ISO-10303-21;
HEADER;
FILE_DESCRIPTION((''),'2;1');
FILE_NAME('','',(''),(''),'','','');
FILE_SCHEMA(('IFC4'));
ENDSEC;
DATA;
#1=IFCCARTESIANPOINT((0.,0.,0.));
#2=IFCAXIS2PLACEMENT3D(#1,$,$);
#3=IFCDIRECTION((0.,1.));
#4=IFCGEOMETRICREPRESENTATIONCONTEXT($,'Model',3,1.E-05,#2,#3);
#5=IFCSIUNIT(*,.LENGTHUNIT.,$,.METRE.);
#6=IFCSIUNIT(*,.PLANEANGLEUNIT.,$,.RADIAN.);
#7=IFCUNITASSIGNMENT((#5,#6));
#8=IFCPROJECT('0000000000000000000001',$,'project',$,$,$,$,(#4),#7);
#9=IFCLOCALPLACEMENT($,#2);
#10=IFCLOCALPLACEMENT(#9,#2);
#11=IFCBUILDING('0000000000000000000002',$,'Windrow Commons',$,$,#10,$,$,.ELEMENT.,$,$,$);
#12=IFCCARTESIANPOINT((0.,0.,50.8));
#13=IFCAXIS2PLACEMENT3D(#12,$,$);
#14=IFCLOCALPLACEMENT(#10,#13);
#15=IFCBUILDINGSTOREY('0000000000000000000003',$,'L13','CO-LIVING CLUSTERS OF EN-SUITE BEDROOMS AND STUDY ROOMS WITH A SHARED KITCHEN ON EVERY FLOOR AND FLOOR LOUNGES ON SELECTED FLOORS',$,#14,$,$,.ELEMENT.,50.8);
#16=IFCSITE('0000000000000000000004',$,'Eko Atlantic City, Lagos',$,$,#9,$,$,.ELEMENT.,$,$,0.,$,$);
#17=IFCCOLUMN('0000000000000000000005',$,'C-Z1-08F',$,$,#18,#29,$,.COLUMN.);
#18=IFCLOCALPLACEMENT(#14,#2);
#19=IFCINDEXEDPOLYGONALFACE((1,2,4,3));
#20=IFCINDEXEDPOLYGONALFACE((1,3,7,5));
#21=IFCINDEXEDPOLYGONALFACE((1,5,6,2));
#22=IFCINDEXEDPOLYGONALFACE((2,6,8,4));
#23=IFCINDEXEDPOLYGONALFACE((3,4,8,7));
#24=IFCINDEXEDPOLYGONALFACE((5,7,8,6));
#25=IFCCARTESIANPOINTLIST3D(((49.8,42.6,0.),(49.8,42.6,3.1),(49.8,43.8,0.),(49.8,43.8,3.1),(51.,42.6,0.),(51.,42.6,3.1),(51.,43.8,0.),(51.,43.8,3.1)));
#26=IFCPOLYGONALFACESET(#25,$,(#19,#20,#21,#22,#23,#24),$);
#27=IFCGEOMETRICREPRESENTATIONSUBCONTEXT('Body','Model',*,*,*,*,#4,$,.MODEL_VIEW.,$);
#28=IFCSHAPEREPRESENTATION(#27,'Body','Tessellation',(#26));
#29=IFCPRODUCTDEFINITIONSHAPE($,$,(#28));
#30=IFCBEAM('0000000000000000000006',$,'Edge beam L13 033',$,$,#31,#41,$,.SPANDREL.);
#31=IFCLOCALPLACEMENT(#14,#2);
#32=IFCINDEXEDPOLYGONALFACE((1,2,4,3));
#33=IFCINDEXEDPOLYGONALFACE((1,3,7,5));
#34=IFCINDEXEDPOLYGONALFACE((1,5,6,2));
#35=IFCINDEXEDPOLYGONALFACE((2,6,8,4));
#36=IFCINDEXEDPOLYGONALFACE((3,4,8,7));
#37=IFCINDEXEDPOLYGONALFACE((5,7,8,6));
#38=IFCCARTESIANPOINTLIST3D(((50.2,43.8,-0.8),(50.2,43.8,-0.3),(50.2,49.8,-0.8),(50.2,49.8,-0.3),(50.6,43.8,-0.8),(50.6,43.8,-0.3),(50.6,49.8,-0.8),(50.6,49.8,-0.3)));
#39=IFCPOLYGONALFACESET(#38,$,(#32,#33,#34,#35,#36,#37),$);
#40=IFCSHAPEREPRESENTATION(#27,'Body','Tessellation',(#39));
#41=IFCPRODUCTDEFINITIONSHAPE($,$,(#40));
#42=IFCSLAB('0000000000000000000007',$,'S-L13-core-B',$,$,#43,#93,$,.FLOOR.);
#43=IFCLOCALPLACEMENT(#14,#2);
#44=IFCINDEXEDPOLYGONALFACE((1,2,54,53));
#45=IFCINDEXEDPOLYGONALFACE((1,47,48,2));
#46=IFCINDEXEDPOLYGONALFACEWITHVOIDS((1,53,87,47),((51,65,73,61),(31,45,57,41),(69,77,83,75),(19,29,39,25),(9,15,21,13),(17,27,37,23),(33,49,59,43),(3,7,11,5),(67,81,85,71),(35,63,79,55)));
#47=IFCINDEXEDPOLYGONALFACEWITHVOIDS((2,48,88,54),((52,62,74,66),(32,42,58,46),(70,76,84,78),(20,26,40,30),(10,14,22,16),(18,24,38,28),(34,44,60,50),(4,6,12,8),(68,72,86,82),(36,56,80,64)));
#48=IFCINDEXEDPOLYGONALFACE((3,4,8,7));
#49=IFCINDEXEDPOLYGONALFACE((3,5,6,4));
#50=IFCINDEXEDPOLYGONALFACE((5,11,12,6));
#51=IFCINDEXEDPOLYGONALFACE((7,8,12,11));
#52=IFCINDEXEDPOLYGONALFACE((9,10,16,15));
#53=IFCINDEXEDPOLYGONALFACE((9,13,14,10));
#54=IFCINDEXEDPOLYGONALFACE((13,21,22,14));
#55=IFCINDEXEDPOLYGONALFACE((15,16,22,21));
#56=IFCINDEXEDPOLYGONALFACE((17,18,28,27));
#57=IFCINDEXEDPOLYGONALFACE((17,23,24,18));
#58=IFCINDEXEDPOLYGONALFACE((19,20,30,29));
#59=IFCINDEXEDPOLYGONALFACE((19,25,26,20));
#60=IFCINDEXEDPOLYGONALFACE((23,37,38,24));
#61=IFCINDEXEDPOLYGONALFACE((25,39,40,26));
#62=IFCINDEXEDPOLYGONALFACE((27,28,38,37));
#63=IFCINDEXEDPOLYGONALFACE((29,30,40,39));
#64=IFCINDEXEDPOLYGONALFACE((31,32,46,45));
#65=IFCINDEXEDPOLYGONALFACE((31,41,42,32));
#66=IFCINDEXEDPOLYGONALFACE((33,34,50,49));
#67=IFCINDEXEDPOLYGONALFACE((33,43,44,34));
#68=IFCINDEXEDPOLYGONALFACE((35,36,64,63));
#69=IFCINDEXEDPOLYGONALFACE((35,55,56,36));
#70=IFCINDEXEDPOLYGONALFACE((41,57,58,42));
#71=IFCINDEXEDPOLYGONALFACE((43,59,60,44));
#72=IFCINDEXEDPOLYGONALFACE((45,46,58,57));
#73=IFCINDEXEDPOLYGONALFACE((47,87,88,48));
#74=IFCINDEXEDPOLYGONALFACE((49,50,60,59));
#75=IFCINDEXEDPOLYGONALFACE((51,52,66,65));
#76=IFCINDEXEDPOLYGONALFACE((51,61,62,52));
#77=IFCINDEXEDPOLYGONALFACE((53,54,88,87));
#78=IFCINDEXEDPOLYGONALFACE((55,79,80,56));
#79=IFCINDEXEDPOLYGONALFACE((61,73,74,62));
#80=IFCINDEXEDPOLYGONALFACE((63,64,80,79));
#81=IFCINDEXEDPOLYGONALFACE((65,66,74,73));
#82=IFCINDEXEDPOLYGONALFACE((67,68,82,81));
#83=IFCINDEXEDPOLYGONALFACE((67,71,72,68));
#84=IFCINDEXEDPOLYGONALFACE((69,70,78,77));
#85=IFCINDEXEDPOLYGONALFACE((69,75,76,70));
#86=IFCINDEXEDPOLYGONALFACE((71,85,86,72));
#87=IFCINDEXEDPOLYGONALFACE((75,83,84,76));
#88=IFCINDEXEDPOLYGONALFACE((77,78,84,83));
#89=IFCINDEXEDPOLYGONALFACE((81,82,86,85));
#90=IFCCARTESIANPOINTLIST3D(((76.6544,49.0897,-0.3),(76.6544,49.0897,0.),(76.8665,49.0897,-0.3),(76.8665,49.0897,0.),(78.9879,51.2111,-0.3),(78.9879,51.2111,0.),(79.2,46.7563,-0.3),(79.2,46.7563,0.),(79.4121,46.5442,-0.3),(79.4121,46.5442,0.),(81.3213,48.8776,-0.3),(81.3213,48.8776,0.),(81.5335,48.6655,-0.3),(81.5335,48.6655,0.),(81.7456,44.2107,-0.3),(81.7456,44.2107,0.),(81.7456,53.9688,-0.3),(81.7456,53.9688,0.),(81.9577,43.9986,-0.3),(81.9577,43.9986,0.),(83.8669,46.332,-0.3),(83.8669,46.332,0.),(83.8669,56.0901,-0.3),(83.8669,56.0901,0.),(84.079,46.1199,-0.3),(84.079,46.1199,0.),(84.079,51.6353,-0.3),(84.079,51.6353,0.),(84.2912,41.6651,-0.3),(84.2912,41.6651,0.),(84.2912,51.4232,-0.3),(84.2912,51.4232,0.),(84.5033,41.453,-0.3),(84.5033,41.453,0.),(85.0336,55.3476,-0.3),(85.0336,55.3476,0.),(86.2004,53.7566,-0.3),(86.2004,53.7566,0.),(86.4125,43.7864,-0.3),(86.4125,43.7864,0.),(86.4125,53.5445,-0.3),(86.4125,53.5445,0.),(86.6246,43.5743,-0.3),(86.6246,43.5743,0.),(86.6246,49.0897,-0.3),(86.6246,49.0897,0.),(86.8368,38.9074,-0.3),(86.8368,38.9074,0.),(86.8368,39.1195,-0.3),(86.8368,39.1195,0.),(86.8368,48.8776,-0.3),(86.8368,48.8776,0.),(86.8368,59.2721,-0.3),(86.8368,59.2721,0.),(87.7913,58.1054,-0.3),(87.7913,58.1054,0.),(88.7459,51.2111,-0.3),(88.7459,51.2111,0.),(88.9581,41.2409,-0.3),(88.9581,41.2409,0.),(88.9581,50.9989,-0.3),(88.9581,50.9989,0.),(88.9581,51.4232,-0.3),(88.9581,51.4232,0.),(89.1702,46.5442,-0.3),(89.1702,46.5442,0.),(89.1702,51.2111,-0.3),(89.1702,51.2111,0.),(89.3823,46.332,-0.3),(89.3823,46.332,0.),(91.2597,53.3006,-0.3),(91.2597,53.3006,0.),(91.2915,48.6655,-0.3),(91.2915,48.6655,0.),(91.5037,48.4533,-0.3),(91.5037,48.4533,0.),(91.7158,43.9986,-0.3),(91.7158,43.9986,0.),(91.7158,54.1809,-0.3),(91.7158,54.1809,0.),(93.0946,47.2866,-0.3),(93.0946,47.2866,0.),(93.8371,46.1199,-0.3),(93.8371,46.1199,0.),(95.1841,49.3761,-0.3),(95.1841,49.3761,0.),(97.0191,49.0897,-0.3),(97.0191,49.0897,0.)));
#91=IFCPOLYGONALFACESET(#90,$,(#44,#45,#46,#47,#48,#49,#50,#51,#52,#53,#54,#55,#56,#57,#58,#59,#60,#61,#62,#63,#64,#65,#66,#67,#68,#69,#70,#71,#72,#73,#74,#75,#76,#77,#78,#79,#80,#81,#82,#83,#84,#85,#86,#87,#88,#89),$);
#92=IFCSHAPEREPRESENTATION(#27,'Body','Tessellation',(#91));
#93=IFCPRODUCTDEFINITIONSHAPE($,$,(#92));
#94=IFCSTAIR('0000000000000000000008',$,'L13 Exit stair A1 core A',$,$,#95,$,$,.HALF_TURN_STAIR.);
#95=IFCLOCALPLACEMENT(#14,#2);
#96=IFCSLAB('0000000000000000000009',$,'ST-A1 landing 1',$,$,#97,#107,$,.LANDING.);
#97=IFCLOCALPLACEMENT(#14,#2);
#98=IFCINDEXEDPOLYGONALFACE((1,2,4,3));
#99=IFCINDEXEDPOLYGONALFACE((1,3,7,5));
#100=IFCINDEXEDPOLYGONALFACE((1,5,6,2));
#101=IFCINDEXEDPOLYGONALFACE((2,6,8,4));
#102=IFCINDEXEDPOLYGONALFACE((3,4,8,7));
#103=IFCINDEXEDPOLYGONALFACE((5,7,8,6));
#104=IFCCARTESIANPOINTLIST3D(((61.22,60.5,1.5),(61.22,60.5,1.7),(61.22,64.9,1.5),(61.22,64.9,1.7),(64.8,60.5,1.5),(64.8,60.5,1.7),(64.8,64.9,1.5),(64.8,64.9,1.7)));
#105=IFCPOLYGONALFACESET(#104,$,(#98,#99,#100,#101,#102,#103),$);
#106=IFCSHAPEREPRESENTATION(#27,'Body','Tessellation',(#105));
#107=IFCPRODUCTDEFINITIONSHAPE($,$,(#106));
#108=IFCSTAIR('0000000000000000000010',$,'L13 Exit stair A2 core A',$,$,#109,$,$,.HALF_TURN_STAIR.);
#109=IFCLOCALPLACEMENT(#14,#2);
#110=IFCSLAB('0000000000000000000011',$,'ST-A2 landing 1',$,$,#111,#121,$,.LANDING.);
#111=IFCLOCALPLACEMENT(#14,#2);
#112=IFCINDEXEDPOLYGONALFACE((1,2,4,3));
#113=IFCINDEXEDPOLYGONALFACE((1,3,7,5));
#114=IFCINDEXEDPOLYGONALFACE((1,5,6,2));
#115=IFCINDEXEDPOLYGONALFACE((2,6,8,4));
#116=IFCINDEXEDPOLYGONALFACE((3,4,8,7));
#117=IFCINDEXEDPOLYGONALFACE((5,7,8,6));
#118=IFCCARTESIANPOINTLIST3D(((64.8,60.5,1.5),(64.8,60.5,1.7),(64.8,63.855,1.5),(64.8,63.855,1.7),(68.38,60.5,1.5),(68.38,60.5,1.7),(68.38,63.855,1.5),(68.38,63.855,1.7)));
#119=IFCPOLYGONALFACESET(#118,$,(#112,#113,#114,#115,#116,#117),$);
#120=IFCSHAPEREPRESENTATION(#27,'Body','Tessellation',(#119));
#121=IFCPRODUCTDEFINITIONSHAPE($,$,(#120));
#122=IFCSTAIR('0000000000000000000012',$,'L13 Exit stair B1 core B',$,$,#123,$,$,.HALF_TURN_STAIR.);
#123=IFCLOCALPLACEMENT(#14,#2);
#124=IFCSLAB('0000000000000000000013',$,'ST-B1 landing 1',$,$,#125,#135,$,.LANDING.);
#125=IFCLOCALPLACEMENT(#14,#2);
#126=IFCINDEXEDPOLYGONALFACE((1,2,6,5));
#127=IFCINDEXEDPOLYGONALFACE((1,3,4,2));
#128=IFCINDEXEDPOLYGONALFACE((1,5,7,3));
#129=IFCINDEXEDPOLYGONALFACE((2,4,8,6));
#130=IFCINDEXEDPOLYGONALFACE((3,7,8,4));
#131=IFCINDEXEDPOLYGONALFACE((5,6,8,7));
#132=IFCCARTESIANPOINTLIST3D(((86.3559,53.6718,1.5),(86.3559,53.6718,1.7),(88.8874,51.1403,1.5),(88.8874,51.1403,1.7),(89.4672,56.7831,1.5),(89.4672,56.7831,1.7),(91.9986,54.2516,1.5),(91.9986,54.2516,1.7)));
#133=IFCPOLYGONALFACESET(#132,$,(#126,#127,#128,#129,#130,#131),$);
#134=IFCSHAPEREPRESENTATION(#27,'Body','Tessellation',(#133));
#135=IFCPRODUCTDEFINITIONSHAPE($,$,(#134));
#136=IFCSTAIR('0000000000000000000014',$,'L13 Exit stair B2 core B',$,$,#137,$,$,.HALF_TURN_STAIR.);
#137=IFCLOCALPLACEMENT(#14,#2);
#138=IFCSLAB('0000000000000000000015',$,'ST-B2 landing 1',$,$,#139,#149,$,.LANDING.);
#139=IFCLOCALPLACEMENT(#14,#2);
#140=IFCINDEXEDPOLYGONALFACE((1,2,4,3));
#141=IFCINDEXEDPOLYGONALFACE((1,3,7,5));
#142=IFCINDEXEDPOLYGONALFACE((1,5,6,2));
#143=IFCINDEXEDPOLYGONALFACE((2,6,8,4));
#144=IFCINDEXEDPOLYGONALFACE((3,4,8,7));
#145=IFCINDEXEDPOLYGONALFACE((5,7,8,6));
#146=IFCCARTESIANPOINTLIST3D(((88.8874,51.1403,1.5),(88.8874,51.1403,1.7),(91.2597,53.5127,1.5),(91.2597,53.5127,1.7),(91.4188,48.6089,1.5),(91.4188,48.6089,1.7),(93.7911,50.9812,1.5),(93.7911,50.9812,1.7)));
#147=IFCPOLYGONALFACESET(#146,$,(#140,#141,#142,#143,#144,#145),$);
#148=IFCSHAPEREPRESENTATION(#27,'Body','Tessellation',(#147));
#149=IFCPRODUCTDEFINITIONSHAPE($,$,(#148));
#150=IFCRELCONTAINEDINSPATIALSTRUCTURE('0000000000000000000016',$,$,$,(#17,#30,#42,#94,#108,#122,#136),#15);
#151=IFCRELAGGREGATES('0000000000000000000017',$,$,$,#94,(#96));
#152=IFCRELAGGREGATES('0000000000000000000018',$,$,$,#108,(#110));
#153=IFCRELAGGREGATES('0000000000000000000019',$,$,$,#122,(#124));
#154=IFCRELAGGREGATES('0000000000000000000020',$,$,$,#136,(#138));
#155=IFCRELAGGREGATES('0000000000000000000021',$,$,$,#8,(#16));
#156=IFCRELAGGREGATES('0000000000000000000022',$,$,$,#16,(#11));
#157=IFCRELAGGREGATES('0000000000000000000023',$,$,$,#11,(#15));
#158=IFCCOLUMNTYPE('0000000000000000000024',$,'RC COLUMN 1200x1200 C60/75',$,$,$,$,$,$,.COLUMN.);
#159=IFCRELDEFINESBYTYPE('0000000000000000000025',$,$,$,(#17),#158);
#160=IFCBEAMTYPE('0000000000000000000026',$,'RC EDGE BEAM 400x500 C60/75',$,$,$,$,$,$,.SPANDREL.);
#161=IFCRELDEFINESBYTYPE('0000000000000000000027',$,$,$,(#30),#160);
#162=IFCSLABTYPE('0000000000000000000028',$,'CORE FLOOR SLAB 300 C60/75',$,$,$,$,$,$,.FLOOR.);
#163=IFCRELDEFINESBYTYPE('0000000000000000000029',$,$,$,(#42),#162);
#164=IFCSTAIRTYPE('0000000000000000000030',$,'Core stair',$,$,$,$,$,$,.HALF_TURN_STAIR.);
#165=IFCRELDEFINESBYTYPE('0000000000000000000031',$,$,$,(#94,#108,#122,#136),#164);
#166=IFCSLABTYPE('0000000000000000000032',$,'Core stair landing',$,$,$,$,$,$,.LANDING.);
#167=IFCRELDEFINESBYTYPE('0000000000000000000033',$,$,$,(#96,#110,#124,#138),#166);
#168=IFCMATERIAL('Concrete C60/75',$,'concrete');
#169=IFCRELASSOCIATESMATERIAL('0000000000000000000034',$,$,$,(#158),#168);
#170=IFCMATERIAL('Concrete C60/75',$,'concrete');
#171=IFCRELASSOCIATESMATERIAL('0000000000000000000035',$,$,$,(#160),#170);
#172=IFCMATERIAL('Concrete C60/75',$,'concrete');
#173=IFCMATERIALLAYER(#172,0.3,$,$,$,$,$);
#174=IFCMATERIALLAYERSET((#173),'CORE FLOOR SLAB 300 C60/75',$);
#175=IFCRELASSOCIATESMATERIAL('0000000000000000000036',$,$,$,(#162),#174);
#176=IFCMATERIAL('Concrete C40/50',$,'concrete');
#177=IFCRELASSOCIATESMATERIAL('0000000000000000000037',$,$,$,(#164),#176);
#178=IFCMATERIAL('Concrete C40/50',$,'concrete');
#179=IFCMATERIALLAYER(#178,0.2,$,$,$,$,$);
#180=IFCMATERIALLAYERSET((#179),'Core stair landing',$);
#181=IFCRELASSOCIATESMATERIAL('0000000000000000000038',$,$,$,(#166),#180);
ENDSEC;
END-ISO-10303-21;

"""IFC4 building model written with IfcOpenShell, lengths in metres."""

from ifc_helpers import new_model, si_unit, direction, frame, origin, origin_2d, place, context, subcontext, project, spatial, polyline, rectangle, outline, extrude, material, layer, layer_set, material_profile, profile_set, type_object, element, aggregate, save


model = new_model("IFC4")

# Units and contexts
model_context = context("Model", 3, precision=1e-05, world=origin(), true_north=direction((0.0, 1.0)))
body_context = subcontext(model_context, "Body", "Model", "MODEL_VIEW")
ifc_project = project(units=[si_unit("LENGTHUNIT", "METRE"), si_unit("PLANEANGLEUNIT", "RADIAN")], contexts=[model_context])

# Site, building, storey
site_placement = place(None, origin())
site = spatial("IfcSite", under=ifc_project, at=site_placement, Name="Eko Atlantic City, Lagos", CompositionType="ELEMENT", RefElevation=0.0)
building_placement = place(site_placement, origin())
building = spatial("IfcBuilding", under=site, at=building_placement, Name="Windrow Commons", CompositionType="ELEMENT")
storey_placement = place(building_placement, frame((0.0, 0.0, 50.8)))
storey = spatial("IfcBuildingStorey", under=building, at=storey_placement, Name="L13", Description="CO-LIVING CLUSTERS OF EN-SUITE BEDROOMS AND STUDY ROOMS WITH A SHARED KITCHEN ON EVERY FLOOR AND FLOOR LOUNGES ON SELECTED FLOORS", CompositionType="ELEMENT", Elevation=50.8)

# Column
ifc_material_1 = material(Name="Concrete C60/75", Category="concrete")
ifc_material_profile_1 = material_profile(ifc_material_1, rectangle(XDim=1.2, YDim=1.2, at=origin_2d()))
ifc_profile_set_1 = profile_set([ifc_material_profile_1], Name="Concrete C60/75")
column_type = type_object("IfcColumnType", Name="RC COLUMN 1200x1200 C60/75", PredefinedType="COLUMN", material=ifc_profile_set_1)
column_placement = place(storey_placement, frame((50.4, 43.2, 0.0), z_axis=(0.0, 0.0, 1.0), x_axis=(1.0, 0.0, 0.0)))
element("IfcColumn", 1, at=column_placement, inside=storey, type_object=column_type, Name="C-Z1-08F", PredefinedType="COLUMN", context=body_context, shape_type="SweptSolid", body=[
    extrude(rectangle(XDim=1.2, YDim=1.2, at=origin_2d()), origin(), (0.0, 0.0, 1.0), 3.1),
])

# Beam
ifc_material_2 = material(Name="Concrete C60/75", Category="concrete")
ifc_material_profile_2 = material_profile(ifc_material_2, rectangle(XDim=0.4, YDim=0.5, at=origin_2d()))
ifc_profile_set_2 = profile_set([ifc_material_profile_2], Name="Concrete C60/75")
beam_type = type_object("IfcBeamType", Name="RC EDGE BEAM 400x500 C60/75", PredefinedType="SPANDREL", material=ifc_profile_set_2)
beam_placement = place(storey_placement, frame((50.4, 43.8, -0.55), z_axis=(0.0, 1.0, 0.0), x_axis=(-1.0, 0.0, 0.0)))
element("IfcBeam", 2, at=beam_placement, inside=storey, type_object=beam_type, Name="Edge beam L13 033", PredefinedType="SPANDREL", context=body_context, shape_type="SweptSolid", body=[
    extrude(rectangle(XDim=0.4, YDim=0.5, at=origin_2d()), origin(), (0.0, 0.0, 1.0), 6.0),
])

# Slab, openings
ifc_material_3 = material(Name="Concrete C60/75", Category="concrete")
ifc_layer_1 = layer(ifc_material_3, 0.3)
ifc_layer_set_1 = layer_set([ifc_layer_1], Name="CORE FLOOR SLAB 300 C60/75")
slab_type_1 = type_object("IfcSlabType", Name="CORE FLOOR SLAB 300 C60/75", PredefinedType="FLOOR", material=ifc_layer_set_1)
placement_1 = place(storey_placement, frame((0.0, 0.0, -0.3)))
slab_1 = element("IfcSlab", 3, at=placement_1, inside=storey, type_object=slab_type_1, Name="S-L13-core-B", PredefinedType="FLOOR", context=body_context, shape_type="SweptSolid", body=[
    extrude(outline(polyline([(76.6544, 49.0897), (86.8368, 38.9074), (97.0191, 49.0897), (86.8368, 59.2721), (76.6544, 49.0897)]), holes=[polyline([(76.8665, 49.0897), (79.2, 46.7563), (81.3213, 48.8776), (78.9879, 51.2111), (76.8665, 49.0897)]), polyline([(79.4121, 46.5442), (81.7456, 44.2107), (83.8669, 46.332), (81.5335, 48.6655), (79.4121, 46.5442)]), polyline([(81.9577, 43.9986), (84.2912, 41.6651), (86.4125, 43.7864), (84.079, 46.1199), (81.9577, 43.9986)]), polyline([(84.5033, 41.453), (86.8368, 39.1195), (88.9581, 41.2409), (86.6246, 43.5743), (84.5033, 41.453)]), polyline([(81.7456, 53.9688), (84.079, 51.6353), (86.2004, 53.7566), (83.8669, 56.0901), (81.7456, 53.9688)]), polyline([(84.2912, 51.4232), (86.6246, 49.0897), (88.7459, 51.2111), (86.4125, 53.5445), (84.2912, 51.4232)]), polyline([(86.8368, 48.8776), (89.1702, 46.5442), (91.2915, 48.6655), (88.9581, 50.9989), (86.8368, 48.8776)]), polyline([(89.3823, 46.332), (91.7158, 43.9986), (93.8371, 46.1199), (91.5037, 48.4533), (89.3823, 46.332)]), polyline([(85.0336, 55.3476), (88.9581, 51.4232), (91.7158, 54.1809), (87.7913, 58.1054), (85.0336, 55.3476)]), polyline([(89.1702, 51.2111), (93.0946, 47.2866), (95.1841, 49.3761), (91.2597, 53.3006), (89.1702, 51.2111)])]), origin(), (0.0, 0.0, 1.0), 0.3),
])
opening_1_placement = place(placement_1, origin())
element("IfcOpeningElement", 4, at=opening_1_placement, cuts=slab_1, PredefinedType="OPENING", context=body_context, shape_type="SweptSolid", body=[
    extrude(outline(polyline([(76.8736, 49.0897), (78.9879, 51.204), (81.3142, 48.8776), (79.2, 46.7634), (76.8736, 49.0897)])), origin(), (0.0, 0.0, 1.0), 0.3),
])
opening_2_placement = place(placement_1, origin())
element("IfcOpeningElement", 5, at=opening_2_placement, cuts=slab_1, PredefinedType="OPENING", context=body_context, shape_type="SweptSolid", body=[
    extrude(outline(polyline([(79.4192, 46.5442), (81.5335, 48.6584), (83.8598, 46.332), (81.7456, 44.2178), (79.4192, 46.5442)])), origin(), (0.0, 0.0, 1.0), 0.3),
])
opening_3_placement = place(placement_1, origin())
element("IfcOpeningElement", 6, at=opening_3_placement, cuts=slab_1, PredefinedType="OPENING", context=body_context, shape_type="SweptSolid", body=[
    extrude(outline(polyline([(81.9648, 43.9986), (84.079, 46.1128), (86.4054, 43.7864), (84.2912, 41.6722), (81.9648, 43.9986)])), origin(), (0.0, 0.0, 1.0), 0.3),
])
opening_4_placement = place(placement_1, origin())
element("IfcOpeningElement", 7, at=opening_4_placement, cuts=slab_1, PredefinedType="OPENING", context=body_context, shape_type="SweptSolid", body=[
    extrude(outline(polyline([(84.5104, 41.453), (86.6246, 43.5672), (88.951, 41.2409), (86.8368, 39.1266), (84.5104, 41.453)])), origin(), (0.0, 0.0, 1.0), 0.3),
])
opening_5_placement = place(placement_1, origin())
element("IfcOpeningElement", 8, at=opening_5_placement, cuts=slab_1, PredefinedType="OPENING", context=body_context, shape_type="SweptSolid", body=[
    extrude(outline(polyline([(81.7527, 53.9688), (83.8669, 56.083), (86.1933, 53.7566), (84.079, 51.6424), (81.7527, 53.9688)])), origin(), (0.0, 0.0, 1.0), 0.3),
])
opening_6_placement = place(placement_1, origin())
element("IfcOpeningElement", 9, at=opening_6_placement, cuts=slab_1, PredefinedType="OPENING", context=body_context, shape_type="SweptSolid", body=[
    extrude(outline(polyline([(84.2983, 51.4232), (86.4125, 53.5374), (88.7388, 51.2111), (86.6246, 49.0968), (84.2983, 51.4232)])), origin(), (0.0, 0.0, 1.0), 0.3),
])
opening_7_placement = place(placement_1, origin())
element("IfcOpeningElement", 10, at=opening_7_placement, cuts=slab_1, PredefinedType="OPENING", context=body_context, shape_type="SweptSolid", body=[
    extrude(outline(polyline([(86.8439, 48.8776), (88.9581, 50.9918), (91.2844, 48.6655), (89.1702, 46.5513), (86.8439, 48.8776)])), origin(), (0.0, 0.0, 1.0), 0.3),
])
opening_8_placement = place(placement_1, origin())
element("IfcOpeningElement", 11, at=opening_8_placement, cuts=slab_1, PredefinedType="OPENING", context=body_context, shape_type="SweptSolid", body=[
    extrude(outline(polyline([(89.3894, 46.332), (91.5037, 48.4462), (93.83, 46.1199), (91.7158, 44.0057), (89.3894, 46.332)])), origin(), (0.0, 0.0, 1.0), 0.3),
])
opening_9_placement = place(placement_1, origin())
element("IfcOpeningElement", 12, at=opening_9_placement, cuts=slab_1, PredefinedType="OPENING", context=body_context, shape_type="SweptSolid", body=[
    extrude(outline(polyline([(85.0407, 55.3476), (87.7913, 58.0983), (91.7087, 54.1809), (88.9581, 51.4303), (85.0407, 55.3476)])), origin(), (0.0, 0.0, 1.0), 0.3),
])
opening_10_placement = place(placement_1, origin())
element("IfcOpeningElement", 13, at=opening_10_placement, cuts=slab_1, PredefinedType="OPENING", context=body_context, shape_type="SweptSolid", body=[
    extrude(outline(polyline([(89.1773, 51.2111), (91.2597, 53.2935), (95.177, 49.3761), (93.0946, 47.2937), (89.1773, 51.2111)])), origin(), (0.0, 0.0, 1.0), 0.3),
])

# Stairs, slabs
ifc_material_4 = material(Name="Concrete C40/50", Category="concrete")
stair_type = type_object("IfcStairType", Name="Core stair", PredefinedType="HALF_TURN_STAIR", material=ifc_material_4)
placement_2 = place(storey_placement, origin())
stair_1 = element("IfcStair", 14, at=placement_2, inside=storey, type_object=stair_type, Name="L13 Exit stair A1 core A", PredefinedType="HALF_TURN_STAIR")
ifc_material_5 = material(Name="Concrete C40/50", Category="concrete")
ifc_layer_2 = layer(ifc_material_5, 0.2)
ifc_layer_set_2 = layer_set([ifc_layer_2], Name="Core stair landing")
slab_type_2 = type_object("IfcSlabType", Name="Core stair landing", PredefinedType="LANDING", material=ifc_layer_set_2)
placement_3 = place(storey_placement, frame((0.0, 0.0, 1.5)))
slab_2 = element("IfcSlab", 15, at=placement_3, type_object=slab_type_2, Name="ST-A1 landing 1", PredefinedType="LANDING", context=body_context, shape_type="SweptSolid", body=[
    extrude(outline(polyline([(61.22, 60.5), (64.8, 60.5), (64.8, 64.9), (61.22, 64.9), (61.22, 60.5)])), origin(), (0.0, 0.0, 1.0), 0.2),
])
aggregate(stair_1, [slab_2])
stair_2 = element("IfcStair", 16, at=placement_2, inside=storey, type_object=stair_type, Name="L13 Exit stair A2 core A", PredefinedType="HALF_TURN_STAIR")
slab_3 = element("IfcSlab", 17, at=placement_3, type_object=slab_type_2, Name="ST-A2 landing 1", PredefinedType="LANDING", context=body_context, shape_type="SweptSolid", body=[
    extrude(outline(polyline([(64.8, 60.5), (68.38, 60.5), (68.38, 63.855), (64.8, 63.855), (64.8, 60.5)])), origin(), (0.0, 0.0, 1.0), 0.2),
])
aggregate(stair_2, [slab_3])
stair_3 = element("IfcStair", 18, at=placement_2, inside=storey, type_object=stair_type, Name="L13 Exit stair B1 core B", PredefinedType="HALF_TURN_STAIR")
slab_4 = element("IfcSlab", 19, at=placement_3, type_object=slab_type_2, Name="ST-B1 landing 1", PredefinedType="LANDING", context=body_context, shape_type="SweptSolid", body=[
    extrude(outline(polyline([(86.3559, 53.6718), (88.8874, 51.1403), (91.9986, 54.2516), (89.4672, 56.7831), (86.3559, 53.6718)])), origin(), (0.0, 0.0, 1.0), 0.2),
])
aggregate(stair_3, [slab_4])
stair_4 = element("IfcStair", 20, at=placement_2, inside=storey, type_object=stair_type, Name="L13 Exit stair B2 core B", PredefinedType="HALF_TURN_STAIR")
slab_5 = element("IfcSlab", 21, at=placement_3, type_object=slab_type_2, Name="ST-B2 landing 1", PredefinedType="LANDING", context=body_context, shape_type="SweptSolid", body=[
    extrude(outline(polyline([(88.8874, 51.1403), (91.4188, 48.6089), (93.7911, 50.9812), (91.2597, 53.5127), (88.8874, 51.1403)])), origin(), (0.0, 0.0, 1.0), 0.2),
])
aggregate(stair_4, [slab_5])

save(model, "model.ifc")
